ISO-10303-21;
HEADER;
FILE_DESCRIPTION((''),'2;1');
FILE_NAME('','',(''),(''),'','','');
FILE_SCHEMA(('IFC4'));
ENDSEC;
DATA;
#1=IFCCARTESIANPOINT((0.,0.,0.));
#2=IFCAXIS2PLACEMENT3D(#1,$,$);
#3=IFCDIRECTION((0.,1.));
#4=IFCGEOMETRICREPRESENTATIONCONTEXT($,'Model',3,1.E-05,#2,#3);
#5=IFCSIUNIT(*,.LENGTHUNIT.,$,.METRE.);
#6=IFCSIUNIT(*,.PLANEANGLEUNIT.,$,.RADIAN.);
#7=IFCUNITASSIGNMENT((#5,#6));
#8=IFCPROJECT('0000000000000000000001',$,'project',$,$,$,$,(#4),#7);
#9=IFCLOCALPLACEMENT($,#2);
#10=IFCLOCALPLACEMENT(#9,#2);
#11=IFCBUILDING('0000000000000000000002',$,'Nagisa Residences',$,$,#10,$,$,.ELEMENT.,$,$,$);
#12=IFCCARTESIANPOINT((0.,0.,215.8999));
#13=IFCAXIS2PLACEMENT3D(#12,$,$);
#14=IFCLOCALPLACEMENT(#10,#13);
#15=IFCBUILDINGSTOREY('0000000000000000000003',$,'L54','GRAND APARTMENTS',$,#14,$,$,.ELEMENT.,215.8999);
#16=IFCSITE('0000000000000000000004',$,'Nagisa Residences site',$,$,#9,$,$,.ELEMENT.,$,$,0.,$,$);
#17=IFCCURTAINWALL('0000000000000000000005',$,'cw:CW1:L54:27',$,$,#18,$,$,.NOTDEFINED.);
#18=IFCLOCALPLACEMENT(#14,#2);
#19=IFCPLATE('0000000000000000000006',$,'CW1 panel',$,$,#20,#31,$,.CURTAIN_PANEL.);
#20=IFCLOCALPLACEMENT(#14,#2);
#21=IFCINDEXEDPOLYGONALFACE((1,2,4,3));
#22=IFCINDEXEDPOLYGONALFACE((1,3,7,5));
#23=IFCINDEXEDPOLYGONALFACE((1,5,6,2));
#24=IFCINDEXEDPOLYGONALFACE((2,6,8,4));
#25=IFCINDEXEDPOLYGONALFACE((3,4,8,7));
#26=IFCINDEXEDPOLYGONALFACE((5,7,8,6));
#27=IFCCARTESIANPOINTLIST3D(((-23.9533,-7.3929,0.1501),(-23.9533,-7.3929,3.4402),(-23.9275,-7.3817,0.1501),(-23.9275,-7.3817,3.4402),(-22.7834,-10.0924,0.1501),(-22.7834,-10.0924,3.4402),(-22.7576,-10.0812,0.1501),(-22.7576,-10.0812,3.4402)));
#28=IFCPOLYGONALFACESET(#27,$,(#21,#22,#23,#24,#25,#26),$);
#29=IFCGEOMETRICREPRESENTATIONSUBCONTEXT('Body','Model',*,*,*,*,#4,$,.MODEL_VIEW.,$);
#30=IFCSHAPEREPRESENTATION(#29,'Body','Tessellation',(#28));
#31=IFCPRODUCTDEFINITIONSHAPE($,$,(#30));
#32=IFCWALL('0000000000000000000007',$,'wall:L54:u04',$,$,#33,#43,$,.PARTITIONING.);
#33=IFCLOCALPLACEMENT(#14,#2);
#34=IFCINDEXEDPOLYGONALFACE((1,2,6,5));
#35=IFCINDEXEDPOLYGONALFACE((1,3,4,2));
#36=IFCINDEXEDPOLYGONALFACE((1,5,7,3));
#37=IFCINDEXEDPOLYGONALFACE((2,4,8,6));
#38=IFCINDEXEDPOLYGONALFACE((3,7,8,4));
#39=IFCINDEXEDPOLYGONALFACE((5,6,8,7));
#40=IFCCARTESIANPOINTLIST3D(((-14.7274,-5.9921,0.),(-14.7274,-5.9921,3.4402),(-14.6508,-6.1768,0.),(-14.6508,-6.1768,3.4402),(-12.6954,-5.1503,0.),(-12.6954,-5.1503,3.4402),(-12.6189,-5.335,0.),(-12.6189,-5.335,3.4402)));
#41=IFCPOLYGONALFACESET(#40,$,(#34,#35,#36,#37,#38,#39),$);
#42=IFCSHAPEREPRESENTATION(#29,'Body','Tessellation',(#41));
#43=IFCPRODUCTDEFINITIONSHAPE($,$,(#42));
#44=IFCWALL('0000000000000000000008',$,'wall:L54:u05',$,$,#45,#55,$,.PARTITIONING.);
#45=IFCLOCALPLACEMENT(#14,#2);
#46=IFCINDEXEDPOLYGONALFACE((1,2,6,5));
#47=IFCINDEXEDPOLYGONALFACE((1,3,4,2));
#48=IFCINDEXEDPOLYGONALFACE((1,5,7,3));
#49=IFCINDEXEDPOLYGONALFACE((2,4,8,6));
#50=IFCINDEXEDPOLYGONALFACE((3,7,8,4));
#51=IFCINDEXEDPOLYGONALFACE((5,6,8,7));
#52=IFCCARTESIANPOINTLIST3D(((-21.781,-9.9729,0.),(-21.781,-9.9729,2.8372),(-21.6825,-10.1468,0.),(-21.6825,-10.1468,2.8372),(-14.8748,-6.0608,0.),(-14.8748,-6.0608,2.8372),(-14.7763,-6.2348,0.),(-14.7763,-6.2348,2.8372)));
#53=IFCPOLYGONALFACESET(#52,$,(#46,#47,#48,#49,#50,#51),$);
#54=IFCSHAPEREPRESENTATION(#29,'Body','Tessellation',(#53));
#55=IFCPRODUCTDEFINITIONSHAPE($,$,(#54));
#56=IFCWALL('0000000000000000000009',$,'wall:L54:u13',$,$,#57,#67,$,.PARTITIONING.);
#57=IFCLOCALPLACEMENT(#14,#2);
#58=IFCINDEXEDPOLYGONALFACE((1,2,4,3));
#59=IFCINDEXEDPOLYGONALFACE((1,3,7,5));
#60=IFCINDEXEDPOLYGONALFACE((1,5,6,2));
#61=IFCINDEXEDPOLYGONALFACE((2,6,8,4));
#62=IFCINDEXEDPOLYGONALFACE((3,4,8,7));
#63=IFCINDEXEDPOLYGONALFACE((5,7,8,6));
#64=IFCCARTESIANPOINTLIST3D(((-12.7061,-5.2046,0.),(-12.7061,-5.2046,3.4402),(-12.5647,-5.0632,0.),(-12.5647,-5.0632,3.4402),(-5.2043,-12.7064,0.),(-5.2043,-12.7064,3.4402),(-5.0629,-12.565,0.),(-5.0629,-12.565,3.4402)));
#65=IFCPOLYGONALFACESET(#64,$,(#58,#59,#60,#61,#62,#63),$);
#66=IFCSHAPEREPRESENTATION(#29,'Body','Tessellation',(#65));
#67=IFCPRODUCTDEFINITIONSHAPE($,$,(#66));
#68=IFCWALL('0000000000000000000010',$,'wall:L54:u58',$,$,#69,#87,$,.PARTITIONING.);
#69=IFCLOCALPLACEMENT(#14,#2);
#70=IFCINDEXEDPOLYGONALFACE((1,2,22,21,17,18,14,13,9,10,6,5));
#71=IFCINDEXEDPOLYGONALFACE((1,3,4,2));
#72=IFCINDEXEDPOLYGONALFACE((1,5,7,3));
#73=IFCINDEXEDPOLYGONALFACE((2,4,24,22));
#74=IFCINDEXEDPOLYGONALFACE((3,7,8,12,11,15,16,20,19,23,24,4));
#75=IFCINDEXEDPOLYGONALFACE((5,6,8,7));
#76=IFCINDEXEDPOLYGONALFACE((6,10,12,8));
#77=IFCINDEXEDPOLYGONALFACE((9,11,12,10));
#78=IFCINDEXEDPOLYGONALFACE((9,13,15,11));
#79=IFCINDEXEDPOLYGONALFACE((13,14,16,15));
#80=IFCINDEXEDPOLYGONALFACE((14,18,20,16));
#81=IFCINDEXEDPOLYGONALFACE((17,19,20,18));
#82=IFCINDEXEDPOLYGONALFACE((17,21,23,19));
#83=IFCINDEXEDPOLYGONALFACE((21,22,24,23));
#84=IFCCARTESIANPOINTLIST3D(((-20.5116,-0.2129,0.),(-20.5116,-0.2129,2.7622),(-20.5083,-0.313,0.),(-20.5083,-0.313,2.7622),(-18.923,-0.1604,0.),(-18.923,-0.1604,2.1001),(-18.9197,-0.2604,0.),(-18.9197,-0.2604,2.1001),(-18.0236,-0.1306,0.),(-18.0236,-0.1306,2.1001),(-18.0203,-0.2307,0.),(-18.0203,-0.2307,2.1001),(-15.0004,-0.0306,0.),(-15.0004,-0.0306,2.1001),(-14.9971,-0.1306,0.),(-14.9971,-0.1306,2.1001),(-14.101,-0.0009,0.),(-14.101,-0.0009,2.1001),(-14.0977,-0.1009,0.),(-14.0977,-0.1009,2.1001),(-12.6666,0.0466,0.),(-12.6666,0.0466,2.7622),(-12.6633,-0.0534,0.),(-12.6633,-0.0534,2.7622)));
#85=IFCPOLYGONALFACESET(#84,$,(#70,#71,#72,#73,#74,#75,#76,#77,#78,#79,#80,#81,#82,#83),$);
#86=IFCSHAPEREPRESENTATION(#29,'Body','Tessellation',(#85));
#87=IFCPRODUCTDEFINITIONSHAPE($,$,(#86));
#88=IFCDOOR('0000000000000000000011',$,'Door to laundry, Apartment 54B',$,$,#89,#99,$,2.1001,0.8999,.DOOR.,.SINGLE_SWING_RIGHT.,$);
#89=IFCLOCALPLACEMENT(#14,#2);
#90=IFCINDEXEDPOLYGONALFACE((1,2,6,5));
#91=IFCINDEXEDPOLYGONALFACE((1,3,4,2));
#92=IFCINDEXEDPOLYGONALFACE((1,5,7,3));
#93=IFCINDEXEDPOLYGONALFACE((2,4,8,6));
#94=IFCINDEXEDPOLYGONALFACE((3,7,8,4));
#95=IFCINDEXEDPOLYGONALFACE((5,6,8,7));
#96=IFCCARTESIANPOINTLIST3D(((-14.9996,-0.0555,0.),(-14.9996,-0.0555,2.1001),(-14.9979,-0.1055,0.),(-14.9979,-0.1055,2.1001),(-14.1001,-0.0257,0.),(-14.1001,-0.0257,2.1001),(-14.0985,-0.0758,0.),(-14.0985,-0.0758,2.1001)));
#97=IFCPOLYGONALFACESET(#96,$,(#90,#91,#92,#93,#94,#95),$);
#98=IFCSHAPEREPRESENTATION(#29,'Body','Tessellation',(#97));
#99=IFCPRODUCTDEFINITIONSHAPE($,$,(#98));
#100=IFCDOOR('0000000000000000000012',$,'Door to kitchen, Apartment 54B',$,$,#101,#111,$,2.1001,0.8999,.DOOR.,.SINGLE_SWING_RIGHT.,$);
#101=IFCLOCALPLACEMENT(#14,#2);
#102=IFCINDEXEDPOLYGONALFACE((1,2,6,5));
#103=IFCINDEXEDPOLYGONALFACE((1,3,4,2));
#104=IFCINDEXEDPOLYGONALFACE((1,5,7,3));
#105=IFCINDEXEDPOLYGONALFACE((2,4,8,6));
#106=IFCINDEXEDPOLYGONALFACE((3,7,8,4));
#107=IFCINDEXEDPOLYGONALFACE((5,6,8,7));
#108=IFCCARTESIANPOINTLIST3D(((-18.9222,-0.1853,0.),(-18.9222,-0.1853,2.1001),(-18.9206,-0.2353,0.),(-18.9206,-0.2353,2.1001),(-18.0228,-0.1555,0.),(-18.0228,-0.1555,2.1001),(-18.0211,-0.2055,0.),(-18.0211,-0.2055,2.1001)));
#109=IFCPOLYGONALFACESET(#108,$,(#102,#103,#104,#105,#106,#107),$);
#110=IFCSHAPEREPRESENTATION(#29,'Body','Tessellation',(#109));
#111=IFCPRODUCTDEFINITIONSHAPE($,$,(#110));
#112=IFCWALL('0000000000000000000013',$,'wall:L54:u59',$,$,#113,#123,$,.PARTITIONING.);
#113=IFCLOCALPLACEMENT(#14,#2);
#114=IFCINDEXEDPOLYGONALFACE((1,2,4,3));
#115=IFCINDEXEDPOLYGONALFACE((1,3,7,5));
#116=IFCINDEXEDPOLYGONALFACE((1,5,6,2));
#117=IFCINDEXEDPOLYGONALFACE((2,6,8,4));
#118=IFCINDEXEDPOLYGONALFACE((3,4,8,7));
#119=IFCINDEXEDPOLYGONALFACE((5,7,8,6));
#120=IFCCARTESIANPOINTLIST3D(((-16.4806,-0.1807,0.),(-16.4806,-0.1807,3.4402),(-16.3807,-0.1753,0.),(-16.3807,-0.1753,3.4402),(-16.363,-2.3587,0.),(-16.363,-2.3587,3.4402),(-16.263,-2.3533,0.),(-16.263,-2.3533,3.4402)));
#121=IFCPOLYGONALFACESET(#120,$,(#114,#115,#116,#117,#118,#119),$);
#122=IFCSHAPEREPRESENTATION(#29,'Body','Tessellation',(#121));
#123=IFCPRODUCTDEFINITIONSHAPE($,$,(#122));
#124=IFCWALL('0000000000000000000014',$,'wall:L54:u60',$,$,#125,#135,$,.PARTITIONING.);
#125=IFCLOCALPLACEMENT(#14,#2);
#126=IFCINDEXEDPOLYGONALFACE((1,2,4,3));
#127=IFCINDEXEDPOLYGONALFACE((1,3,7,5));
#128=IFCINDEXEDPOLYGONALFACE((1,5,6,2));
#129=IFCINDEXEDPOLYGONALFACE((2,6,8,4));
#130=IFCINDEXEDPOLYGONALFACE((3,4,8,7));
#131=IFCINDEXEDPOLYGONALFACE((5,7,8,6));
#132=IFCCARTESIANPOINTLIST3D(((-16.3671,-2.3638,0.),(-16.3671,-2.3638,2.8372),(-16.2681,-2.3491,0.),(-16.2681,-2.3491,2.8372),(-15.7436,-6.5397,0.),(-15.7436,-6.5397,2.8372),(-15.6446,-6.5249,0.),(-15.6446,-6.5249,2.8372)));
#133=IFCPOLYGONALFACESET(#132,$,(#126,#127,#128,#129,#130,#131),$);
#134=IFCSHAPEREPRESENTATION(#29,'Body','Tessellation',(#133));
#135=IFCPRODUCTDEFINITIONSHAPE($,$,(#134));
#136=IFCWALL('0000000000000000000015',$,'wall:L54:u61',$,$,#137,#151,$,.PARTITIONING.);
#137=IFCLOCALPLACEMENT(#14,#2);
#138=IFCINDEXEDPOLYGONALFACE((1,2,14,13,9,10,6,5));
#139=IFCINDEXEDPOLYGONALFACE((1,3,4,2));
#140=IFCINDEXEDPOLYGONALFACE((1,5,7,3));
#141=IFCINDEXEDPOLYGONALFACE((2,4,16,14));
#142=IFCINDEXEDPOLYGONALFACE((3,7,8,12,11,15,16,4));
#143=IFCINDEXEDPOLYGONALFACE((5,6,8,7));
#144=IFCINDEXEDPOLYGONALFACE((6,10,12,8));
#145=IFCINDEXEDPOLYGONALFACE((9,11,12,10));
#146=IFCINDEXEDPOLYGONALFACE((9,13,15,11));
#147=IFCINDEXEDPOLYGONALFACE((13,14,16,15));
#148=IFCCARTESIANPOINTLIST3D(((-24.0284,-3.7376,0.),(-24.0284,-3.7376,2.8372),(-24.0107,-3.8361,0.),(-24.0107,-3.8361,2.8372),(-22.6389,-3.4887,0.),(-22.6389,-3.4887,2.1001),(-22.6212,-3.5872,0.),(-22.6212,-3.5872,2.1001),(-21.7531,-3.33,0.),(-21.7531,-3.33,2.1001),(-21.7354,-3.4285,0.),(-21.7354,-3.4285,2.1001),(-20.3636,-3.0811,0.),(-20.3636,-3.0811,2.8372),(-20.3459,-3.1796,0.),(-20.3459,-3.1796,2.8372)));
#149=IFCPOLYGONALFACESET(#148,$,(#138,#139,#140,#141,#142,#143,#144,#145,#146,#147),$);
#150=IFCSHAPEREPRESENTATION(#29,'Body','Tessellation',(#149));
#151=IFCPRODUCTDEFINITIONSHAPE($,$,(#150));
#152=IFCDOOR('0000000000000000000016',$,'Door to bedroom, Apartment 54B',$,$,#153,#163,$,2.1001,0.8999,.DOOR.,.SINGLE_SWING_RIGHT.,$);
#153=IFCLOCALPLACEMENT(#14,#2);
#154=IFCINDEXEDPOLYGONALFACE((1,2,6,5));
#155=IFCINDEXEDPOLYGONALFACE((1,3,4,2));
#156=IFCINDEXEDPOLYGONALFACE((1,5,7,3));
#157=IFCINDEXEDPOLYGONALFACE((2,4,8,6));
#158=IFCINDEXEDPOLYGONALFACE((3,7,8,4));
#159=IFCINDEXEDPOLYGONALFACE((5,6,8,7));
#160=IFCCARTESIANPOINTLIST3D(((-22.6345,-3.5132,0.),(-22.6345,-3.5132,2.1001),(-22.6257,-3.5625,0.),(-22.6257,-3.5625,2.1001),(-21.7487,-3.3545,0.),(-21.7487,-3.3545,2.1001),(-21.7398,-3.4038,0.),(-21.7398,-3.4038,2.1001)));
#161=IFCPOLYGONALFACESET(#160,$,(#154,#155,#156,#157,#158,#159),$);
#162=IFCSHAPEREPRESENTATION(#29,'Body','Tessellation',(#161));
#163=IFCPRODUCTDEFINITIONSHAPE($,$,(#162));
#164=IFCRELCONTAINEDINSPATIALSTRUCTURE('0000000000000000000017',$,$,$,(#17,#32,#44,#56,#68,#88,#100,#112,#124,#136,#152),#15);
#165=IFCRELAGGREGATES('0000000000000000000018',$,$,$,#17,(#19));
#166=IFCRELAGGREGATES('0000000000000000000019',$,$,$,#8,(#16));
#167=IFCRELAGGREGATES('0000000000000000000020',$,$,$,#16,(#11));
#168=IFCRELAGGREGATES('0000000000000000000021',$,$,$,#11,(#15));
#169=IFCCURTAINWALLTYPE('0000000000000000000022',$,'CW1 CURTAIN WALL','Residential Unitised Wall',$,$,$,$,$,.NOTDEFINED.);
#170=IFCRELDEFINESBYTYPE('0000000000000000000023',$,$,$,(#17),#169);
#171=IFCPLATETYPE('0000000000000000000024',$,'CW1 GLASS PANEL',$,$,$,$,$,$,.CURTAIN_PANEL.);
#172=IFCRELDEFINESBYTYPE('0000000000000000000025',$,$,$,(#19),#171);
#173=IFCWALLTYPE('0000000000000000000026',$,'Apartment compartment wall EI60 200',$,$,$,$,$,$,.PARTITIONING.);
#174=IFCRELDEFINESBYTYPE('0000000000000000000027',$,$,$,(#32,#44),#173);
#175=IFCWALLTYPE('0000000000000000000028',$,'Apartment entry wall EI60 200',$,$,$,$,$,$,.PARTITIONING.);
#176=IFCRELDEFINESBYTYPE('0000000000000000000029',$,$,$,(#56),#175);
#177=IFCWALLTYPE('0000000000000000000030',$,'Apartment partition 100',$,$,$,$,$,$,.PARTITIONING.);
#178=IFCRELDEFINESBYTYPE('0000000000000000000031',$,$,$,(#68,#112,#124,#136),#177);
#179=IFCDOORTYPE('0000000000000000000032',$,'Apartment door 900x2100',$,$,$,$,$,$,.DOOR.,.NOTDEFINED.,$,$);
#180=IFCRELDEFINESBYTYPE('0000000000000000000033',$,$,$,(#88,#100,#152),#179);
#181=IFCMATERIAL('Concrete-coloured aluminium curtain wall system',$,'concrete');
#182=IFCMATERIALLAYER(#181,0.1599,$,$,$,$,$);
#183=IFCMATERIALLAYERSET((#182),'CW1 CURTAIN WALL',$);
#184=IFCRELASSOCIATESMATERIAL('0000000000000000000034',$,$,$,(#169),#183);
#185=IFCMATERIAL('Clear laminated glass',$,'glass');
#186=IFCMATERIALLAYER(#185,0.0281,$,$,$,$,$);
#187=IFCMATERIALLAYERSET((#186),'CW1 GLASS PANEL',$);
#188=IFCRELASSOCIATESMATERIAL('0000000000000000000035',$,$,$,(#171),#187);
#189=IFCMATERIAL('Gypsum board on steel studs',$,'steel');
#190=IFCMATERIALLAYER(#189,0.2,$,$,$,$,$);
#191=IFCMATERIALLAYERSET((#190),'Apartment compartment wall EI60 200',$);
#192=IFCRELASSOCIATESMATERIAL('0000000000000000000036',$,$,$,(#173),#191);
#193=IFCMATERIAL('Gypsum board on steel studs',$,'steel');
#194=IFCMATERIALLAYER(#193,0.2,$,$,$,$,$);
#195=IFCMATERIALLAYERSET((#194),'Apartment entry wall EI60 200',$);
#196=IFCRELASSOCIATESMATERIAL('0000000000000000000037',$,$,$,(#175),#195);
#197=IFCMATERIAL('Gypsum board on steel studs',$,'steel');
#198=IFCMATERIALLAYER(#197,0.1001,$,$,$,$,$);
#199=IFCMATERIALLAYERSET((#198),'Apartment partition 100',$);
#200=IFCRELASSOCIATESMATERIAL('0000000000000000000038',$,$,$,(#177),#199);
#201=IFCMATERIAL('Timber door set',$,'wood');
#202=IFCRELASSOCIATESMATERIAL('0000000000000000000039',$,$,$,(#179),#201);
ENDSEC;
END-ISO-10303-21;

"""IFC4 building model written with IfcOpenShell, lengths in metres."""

from ifc_helpers import new_model, si_unit, direction, frame, frame_2d, origin, origin_2d, place, context, subcontext, project, spatial, rectangle, extrude, material, layer, layer_set, type_object, element, fill, aggregate, save


model = new_model("IFC4")

# Units and contexts
model_context = context("Model", 3, precision=1e-05, world=origin(), true_north=direction((0.0, 1.0)))
body_context = subcontext(model_context, "Body", "Model", "MODEL_VIEW")
ifc_project = project(units=[si_unit("LENGTHUNIT", "METRE"), si_unit("PLANEANGLEUNIT", "RADIAN")], contexts=[model_context])

# Site, building, storey
site_placement = place(None, origin())
site = spatial("IfcSite", under=ifc_project, at=site_placement, Name="Nagisa Residences site", CompositionType="ELEMENT", RefElevation=0.0)
building_placement = place(site_placement, origin())
building = spatial("IfcBuilding", under=site, at=building_placement, Name="Nagisa Residences", CompositionType="ELEMENT")
storey_placement = place(building_placement, frame((0.0, 0.0, 215.8999)))
storey = spatial("IfcBuildingStorey", under=building, at=storey_placement, Name="L54", Description="GRAND APARTMENTS", CompositionType="ELEMENT", Elevation=215.8999)

# Curtain wall
ifc_material_1 = material(Name="Concrete-coloured aluminium curtain wall system", Category="concrete")
ifc_layer_1 = layer(ifc_material_1, 0.1599)
ifc_layer_set_1 = layer_set([ifc_layer_1], Name="CW1 CURTAIN WALL")
curtain_wall_type = type_object("IfcCurtainWallType", Name="CW1 CURTAIN WALL", Description="Residential Unitised Wall", PredefinedType="NOTDEFINED", material=ifc_layer_set_1)
curtain_wall_1_placement = place(storey_placement, origin())
curtain_wall_1 = element("IfcCurtainWall", 1, at=curtain_wall_1_placement, inside=storey, type_object=curtain_wall_type, Name="cw:CW1:L54:27", PredefinedType="NOTDEFINED")

# Plate
ifc_material_2 = material(Name="Clear laminated glass", Category="glass")
ifc_layer_2 = layer(ifc_material_2, 0.0281)
ifc_layer_set_2 = layer_set([ifc_layer_2], Name="CW1 GLASS PANEL")
plate_type = type_object("IfcPlateType", Name="CW1 GLASS PANEL", PredefinedType="CURTAIN_PANEL", material=ifc_layer_set_2)
plate_1_placement = place(storey_placement, frame((-23.3555, -8.7371, 0.1501), z_axis=(0.0, 0.0, 1.0), x_axis=(0.397636, -0.917543, 0.0)))
plate_1 = element("IfcPlate", 2, at=plate_1_placement, type_object=plate_type, Name="CW1 panel", PredefinedType="CURTAIN_PANEL", context=body_context, shape_type="SweptSolid", body=[
    extrude(rectangle(XDim=2.9421, YDim=0.0281, at=origin_2d()), origin(), (0.0, 0.0, 1.0), 3.29),
])
aggregate(curtain_wall_1, [plate_1])

# Walls
ifc_material_3 = material(Name="Gypsum board on steel studs", Category="steel")
ifc_layer_3 = layer(ifc_material_3, 0.2)
ifc_layer_set_3 = layer_set([ifc_layer_3], Name="Apartment compartment wall EI60 200")
wall_type_1 = type_object("IfcWallType", Name="Apartment compartment wall EI60 200", PredefinedType="PARTITIONING", material=ifc_layer_set_3)
wall_1_placement = place(storey_placement, frame((-12.6572, -5.2427, 0.0), z_axis=(0.0, 0.0, 1.0), x_axis=(-0.92386, -0.382731, 0.0)))
element("IfcWall", 3, at=wall_1_placement, inside=storey, type_object=wall_type_1, Name="wall:L54:u04", PredefinedType="PARTITIONING", context=body_context, shape_type="SweptSolid", body=[
    extrude(rectangle(XDim=2.1995, YDim=0.2, at=frame_2d((1.0996, 0.0))), origin(), (0.0, 0.0, 1.0), 3.4402),
])
wall_2_placement = place(storey_placement, frame((-14.8254, -6.1477, 0.0), z_axis=(0.0, 0.0, 1.0), x_axis=(-0.8701, -0.492876, 0.0)))
element("IfcWall", 4, at=wall_2_placement, inside=storey, type_object=wall_type_1, Name="wall:L54:u05", PredefinedType="PARTITIONING", context=body_context, shape_type="SweptSolid", body=[
    extrude(rectangle(XDim=7.9373, YDim=0.2, at=frame_2d((3.9688, 0.0))), origin(), (0.0, 0.0, 1.0), 2.8372),
])
ifc_material_4 = material(Name="Gypsum board on steel studs", Category="steel")
ifc_layer_4 = layer(ifc_material_4, 0.2)
ifc_layer_set_4 = layer_set([ifc_layer_4], Name="Apartment entry wall EI60 200")
wall_type_2 = type_object("IfcWallType", Name="Apartment entry wall EI60 200", PredefinedType="PARTITIONING", material=ifc_layer_set_4)
wall_3_placement = place(storey_placement, frame((-12.6355, -5.1338, 0.0), z_axis=(0.0, 0.0, 1.0), x_axis=(0.707107, -0.707107, 0.0)))
element("IfcWall", 5, at=wall_3_placement, inside=storey, type_object=wall_type_2, Name="wall:L54:u13", PredefinedType="PARTITIONING", context=body_context, shape_type="SweptSolid", body=[
    extrude(rectangle(XDim=10.6091, YDim=0.2, at=frame_2d((5.3047, 0.0))), origin(), (0.0, 0.0, 1.0), 3.4402),
])

# Wall, openings, doors
ifc_material_5 = material(Name="Gypsum board on steel studs", Category="steel")
ifc_layer_5 = layer(ifc_material_5, 0.1001)
ifc_layer_set_5 = layer_set([ifc_layer_5], Name="Apartment partition 100")
wall_type_3 = type_object("IfcWallType", Name="Apartment partition 100", PredefinedType="PARTITIONING", material=ifc_layer_set_5)
wall_4_placement = place(storey_placement, frame((-12.6648, -0.0034, 0.0), z_axis=(0.0, 0.0, 1.0), x_axis=(-0.999453, -0.033063, 0.0)))
wall_4 = element("IfcWall", 6, at=wall_4_placement, inside=storey, type_object=wall_type_3, Name="wall:L54:u58", PredefinedType="PARTITIONING", context=body_context, shape_type="SweptSolid", body=[
    extrude(rectangle(XDim=7.8494, YDim=0.1001, at=frame_2d((3.9248, 0.0))), origin(), (0.0, 0.0, 1.0), 2.7622),
])
opening_1_placement = place(wall_4_placement, frame((1.4353, 0.0, 0.0)))
opening_1 = element("IfcOpeningElement", 7, at=opening_1_placement, cuts=wall_4, PredefinedType="OPENING", context=body_context, shape_type="SweptSolid", body=[
    extrude(rectangle(XDim=0.8999, YDim=2.1001, at=frame_2d((0.45, 1.05))), frame((0.0, 0.0601, 0.0), z_axis=(0.0, -1.0, 0.0), x_axis=(1.0, 0.0, 0.0)), (0.0, 0.0, 1.0), 0.1201),
])
opening_2_placement = place(wall_4_placement, frame((5.3601, 0.0, 0.0)))
opening_2 = element("IfcOpeningElement", 8, at=opening_2_placement, cuts=wall_4, PredefinedType="OPENING", context=body_context, shape_type="SweptSolid", body=[
    extrude(rectangle(XDim=0.8999, YDim=2.1001, at=frame_2d((0.45, 1.05))), frame((0.0, 0.0601, 0.0), z_axis=(0.0, -1.0, 0.0), x_axis=(1.0, 0.0, 0.0)), (0.0, 0.0, 1.0), 0.1201),
])
ifc_material_6 = material(Name="Timber door set", Category="wood")
door_type_1 = type_object("IfcDoorType", Name="Apartment door 900x2100", OperationType="NOTDEFINED", PredefinedType="DOOR", material=ifc_material_6)
door_1_placement = place(opening_1_placement, origin())
door_1 = element("IfcDoor", 9, at=door_1_placement, inside=storey, type_object=door_type_1, Name="Door to laundry, Apartment 54B", OperationType="SINGLE_SWING_RIGHT", OverallHeight=2.1001, OverallWidth=0.8999, PredefinedType="DOOR", context=body_context, shape_type="SweptSolid", body=[
    extrude(rectangle(XDim=0.8999, YDim=2.1001, at=frame_2d((0.45, 1.05))), frame((0.0, 0.0249, 0.0), z_axis=(0.0, -1.0, 0.0), x_axis=(1.0, 0.0, 0.0)), (0.0, 0.0, 1.0), 0.05),
])
fill(opening_1, door_1)
door_2_placement = place(opening_2_placement, origin())
door_2 = element("IfcDoor", 10, at=door_2_placement, inside=storey, type_object=door_type_1, Name="Door to kitchen, Apartment 54B", OperationType="SINGLE_SWING_RIGHT", OverallHeight=2.1001, OverallWidth=0.8999, PredefinedType="DOOR", context=body_context, shape_type="SweptSolid", body=[
    extrude(rectangle(XDim=0.8999, YDim=2.1001, at=frame_2d((0.45, 1.05))), frame((0.0, 0.0249, 0.0), z_axis=(0.0, -1.0, 0.0), x_axis=(1.0, 0.0, 0.0)), (0.0, 0.0, 1.0), 0.05),
])
fill(opening_2, door_2)

# Walls
wall_5_placement = place(storey_placement, frame((-16.4307, -0.178, 0.0), z_axis=(0.0, 0.0, 1.0), x_axis=(0.053951, -0.998544, 0.0)))
element("IfcWall", 11, at=wall_5_placement, inside=storey, type_object=wall_type_3, Name="wall:L54:u59", PredefinedType="PARTITIONING", context=body_context, shape_type="SweptSolid", body=[
    extrude(rectangle(XDim=2.1812, YDim=0.1001, at=frame_2d((1.0906, 0.0))), origin(), (0.0, 0.0, 1.0), 3.4402),
])
wall_6_placement = place(storey_placement, frame((-16.3176, -2.3564, 0.0), z_axis=(0.0, 0.0, 1.0), x_axis=(0.147684, -0.989035, 0.0)))
element("IfcWall", 12, at=wall_6_placement, inside=storey, type_object=wall_type_3, Name="wall:L54:u60", PredefinedType="PARTITIONING", context=body_context, shape_type="SweptSolid", body=[
    extrude(rectangle(XDim=4.2222, YDim=0.1001, at=frame_2d((2.1111, 0.0))), origin(), (0.0, 0.0, 1.0), 2.8372),
])

# Wall, opening, door
wall_7_placement = place(storey_placement, frame((-20.3547, -3.1304, 0.0), z_axis=(0.0, 0.0, 1.0), x_axis=(-0.984331, -0.176328, 0.0)))
wall_7 = element("IfcWall", 13, at=wall_7_placement, inside=storey, type_object=wall_type_3, Name="wall:L54:u61", PredefinedType="PARTITIONING", context=body_context, shape_type="SweptSolid", body=[
    extrude(rectangle(XDim=3.7231, YDim=0.1001, at=frame_2d((1.8616, 0.0))), origin(), (0.0, 0.0, 1.0), 2.8372),
])
opening_3_placement = place(wall_7_placement, frame((1.4116, 0.0, 0.0)))
opening_3 = element("IfcOpeningElement", 14, at=opening_3_placement, cuts=wall_7, PredefinedType="OPENING", context=body_context, shape_type="SweptSolid", body=[
    extrude(rectangle(XDim=0.8999, YDim=2.1001, at=frame_2d((0.45, 1.05))), frame((0.0, 0.0601, 0.0), z_axis=(0.0, -1.0, 0.0), x_axis=(1.0, 0.0, 0.0)), (0.0, 0.0, 1.0), 0.1201),
])
door_3_placement = place(opening_3_placement, origin())
door_3 = element("IfcDoor", 15, at=door_3_placement, inside=storey, type_object=door_type_1, Name="Door to bedroom, Apartment 54B", OperationType="SINGLE_SWING_RIGHT", OverallHeight=2.1001, OverallWidth=0.8999, PredefinedType="DOOR", context=body_context, shape_type="SweptSolid", body=[
    extrude(rectangle(XDim=0.8999, YDim=2.1001, at=frame_2d((0.45, 1.05))), frame((0.0, 0.0249, 0.0), z_axis=(0.0, -1.0, 0.0), x_axis=(1.0, 0.0, 0.0)), (0.0, 0.0, 1.0), 0.05),
])
fill(opening_3, door_3)

save(model, "model.ifc")
